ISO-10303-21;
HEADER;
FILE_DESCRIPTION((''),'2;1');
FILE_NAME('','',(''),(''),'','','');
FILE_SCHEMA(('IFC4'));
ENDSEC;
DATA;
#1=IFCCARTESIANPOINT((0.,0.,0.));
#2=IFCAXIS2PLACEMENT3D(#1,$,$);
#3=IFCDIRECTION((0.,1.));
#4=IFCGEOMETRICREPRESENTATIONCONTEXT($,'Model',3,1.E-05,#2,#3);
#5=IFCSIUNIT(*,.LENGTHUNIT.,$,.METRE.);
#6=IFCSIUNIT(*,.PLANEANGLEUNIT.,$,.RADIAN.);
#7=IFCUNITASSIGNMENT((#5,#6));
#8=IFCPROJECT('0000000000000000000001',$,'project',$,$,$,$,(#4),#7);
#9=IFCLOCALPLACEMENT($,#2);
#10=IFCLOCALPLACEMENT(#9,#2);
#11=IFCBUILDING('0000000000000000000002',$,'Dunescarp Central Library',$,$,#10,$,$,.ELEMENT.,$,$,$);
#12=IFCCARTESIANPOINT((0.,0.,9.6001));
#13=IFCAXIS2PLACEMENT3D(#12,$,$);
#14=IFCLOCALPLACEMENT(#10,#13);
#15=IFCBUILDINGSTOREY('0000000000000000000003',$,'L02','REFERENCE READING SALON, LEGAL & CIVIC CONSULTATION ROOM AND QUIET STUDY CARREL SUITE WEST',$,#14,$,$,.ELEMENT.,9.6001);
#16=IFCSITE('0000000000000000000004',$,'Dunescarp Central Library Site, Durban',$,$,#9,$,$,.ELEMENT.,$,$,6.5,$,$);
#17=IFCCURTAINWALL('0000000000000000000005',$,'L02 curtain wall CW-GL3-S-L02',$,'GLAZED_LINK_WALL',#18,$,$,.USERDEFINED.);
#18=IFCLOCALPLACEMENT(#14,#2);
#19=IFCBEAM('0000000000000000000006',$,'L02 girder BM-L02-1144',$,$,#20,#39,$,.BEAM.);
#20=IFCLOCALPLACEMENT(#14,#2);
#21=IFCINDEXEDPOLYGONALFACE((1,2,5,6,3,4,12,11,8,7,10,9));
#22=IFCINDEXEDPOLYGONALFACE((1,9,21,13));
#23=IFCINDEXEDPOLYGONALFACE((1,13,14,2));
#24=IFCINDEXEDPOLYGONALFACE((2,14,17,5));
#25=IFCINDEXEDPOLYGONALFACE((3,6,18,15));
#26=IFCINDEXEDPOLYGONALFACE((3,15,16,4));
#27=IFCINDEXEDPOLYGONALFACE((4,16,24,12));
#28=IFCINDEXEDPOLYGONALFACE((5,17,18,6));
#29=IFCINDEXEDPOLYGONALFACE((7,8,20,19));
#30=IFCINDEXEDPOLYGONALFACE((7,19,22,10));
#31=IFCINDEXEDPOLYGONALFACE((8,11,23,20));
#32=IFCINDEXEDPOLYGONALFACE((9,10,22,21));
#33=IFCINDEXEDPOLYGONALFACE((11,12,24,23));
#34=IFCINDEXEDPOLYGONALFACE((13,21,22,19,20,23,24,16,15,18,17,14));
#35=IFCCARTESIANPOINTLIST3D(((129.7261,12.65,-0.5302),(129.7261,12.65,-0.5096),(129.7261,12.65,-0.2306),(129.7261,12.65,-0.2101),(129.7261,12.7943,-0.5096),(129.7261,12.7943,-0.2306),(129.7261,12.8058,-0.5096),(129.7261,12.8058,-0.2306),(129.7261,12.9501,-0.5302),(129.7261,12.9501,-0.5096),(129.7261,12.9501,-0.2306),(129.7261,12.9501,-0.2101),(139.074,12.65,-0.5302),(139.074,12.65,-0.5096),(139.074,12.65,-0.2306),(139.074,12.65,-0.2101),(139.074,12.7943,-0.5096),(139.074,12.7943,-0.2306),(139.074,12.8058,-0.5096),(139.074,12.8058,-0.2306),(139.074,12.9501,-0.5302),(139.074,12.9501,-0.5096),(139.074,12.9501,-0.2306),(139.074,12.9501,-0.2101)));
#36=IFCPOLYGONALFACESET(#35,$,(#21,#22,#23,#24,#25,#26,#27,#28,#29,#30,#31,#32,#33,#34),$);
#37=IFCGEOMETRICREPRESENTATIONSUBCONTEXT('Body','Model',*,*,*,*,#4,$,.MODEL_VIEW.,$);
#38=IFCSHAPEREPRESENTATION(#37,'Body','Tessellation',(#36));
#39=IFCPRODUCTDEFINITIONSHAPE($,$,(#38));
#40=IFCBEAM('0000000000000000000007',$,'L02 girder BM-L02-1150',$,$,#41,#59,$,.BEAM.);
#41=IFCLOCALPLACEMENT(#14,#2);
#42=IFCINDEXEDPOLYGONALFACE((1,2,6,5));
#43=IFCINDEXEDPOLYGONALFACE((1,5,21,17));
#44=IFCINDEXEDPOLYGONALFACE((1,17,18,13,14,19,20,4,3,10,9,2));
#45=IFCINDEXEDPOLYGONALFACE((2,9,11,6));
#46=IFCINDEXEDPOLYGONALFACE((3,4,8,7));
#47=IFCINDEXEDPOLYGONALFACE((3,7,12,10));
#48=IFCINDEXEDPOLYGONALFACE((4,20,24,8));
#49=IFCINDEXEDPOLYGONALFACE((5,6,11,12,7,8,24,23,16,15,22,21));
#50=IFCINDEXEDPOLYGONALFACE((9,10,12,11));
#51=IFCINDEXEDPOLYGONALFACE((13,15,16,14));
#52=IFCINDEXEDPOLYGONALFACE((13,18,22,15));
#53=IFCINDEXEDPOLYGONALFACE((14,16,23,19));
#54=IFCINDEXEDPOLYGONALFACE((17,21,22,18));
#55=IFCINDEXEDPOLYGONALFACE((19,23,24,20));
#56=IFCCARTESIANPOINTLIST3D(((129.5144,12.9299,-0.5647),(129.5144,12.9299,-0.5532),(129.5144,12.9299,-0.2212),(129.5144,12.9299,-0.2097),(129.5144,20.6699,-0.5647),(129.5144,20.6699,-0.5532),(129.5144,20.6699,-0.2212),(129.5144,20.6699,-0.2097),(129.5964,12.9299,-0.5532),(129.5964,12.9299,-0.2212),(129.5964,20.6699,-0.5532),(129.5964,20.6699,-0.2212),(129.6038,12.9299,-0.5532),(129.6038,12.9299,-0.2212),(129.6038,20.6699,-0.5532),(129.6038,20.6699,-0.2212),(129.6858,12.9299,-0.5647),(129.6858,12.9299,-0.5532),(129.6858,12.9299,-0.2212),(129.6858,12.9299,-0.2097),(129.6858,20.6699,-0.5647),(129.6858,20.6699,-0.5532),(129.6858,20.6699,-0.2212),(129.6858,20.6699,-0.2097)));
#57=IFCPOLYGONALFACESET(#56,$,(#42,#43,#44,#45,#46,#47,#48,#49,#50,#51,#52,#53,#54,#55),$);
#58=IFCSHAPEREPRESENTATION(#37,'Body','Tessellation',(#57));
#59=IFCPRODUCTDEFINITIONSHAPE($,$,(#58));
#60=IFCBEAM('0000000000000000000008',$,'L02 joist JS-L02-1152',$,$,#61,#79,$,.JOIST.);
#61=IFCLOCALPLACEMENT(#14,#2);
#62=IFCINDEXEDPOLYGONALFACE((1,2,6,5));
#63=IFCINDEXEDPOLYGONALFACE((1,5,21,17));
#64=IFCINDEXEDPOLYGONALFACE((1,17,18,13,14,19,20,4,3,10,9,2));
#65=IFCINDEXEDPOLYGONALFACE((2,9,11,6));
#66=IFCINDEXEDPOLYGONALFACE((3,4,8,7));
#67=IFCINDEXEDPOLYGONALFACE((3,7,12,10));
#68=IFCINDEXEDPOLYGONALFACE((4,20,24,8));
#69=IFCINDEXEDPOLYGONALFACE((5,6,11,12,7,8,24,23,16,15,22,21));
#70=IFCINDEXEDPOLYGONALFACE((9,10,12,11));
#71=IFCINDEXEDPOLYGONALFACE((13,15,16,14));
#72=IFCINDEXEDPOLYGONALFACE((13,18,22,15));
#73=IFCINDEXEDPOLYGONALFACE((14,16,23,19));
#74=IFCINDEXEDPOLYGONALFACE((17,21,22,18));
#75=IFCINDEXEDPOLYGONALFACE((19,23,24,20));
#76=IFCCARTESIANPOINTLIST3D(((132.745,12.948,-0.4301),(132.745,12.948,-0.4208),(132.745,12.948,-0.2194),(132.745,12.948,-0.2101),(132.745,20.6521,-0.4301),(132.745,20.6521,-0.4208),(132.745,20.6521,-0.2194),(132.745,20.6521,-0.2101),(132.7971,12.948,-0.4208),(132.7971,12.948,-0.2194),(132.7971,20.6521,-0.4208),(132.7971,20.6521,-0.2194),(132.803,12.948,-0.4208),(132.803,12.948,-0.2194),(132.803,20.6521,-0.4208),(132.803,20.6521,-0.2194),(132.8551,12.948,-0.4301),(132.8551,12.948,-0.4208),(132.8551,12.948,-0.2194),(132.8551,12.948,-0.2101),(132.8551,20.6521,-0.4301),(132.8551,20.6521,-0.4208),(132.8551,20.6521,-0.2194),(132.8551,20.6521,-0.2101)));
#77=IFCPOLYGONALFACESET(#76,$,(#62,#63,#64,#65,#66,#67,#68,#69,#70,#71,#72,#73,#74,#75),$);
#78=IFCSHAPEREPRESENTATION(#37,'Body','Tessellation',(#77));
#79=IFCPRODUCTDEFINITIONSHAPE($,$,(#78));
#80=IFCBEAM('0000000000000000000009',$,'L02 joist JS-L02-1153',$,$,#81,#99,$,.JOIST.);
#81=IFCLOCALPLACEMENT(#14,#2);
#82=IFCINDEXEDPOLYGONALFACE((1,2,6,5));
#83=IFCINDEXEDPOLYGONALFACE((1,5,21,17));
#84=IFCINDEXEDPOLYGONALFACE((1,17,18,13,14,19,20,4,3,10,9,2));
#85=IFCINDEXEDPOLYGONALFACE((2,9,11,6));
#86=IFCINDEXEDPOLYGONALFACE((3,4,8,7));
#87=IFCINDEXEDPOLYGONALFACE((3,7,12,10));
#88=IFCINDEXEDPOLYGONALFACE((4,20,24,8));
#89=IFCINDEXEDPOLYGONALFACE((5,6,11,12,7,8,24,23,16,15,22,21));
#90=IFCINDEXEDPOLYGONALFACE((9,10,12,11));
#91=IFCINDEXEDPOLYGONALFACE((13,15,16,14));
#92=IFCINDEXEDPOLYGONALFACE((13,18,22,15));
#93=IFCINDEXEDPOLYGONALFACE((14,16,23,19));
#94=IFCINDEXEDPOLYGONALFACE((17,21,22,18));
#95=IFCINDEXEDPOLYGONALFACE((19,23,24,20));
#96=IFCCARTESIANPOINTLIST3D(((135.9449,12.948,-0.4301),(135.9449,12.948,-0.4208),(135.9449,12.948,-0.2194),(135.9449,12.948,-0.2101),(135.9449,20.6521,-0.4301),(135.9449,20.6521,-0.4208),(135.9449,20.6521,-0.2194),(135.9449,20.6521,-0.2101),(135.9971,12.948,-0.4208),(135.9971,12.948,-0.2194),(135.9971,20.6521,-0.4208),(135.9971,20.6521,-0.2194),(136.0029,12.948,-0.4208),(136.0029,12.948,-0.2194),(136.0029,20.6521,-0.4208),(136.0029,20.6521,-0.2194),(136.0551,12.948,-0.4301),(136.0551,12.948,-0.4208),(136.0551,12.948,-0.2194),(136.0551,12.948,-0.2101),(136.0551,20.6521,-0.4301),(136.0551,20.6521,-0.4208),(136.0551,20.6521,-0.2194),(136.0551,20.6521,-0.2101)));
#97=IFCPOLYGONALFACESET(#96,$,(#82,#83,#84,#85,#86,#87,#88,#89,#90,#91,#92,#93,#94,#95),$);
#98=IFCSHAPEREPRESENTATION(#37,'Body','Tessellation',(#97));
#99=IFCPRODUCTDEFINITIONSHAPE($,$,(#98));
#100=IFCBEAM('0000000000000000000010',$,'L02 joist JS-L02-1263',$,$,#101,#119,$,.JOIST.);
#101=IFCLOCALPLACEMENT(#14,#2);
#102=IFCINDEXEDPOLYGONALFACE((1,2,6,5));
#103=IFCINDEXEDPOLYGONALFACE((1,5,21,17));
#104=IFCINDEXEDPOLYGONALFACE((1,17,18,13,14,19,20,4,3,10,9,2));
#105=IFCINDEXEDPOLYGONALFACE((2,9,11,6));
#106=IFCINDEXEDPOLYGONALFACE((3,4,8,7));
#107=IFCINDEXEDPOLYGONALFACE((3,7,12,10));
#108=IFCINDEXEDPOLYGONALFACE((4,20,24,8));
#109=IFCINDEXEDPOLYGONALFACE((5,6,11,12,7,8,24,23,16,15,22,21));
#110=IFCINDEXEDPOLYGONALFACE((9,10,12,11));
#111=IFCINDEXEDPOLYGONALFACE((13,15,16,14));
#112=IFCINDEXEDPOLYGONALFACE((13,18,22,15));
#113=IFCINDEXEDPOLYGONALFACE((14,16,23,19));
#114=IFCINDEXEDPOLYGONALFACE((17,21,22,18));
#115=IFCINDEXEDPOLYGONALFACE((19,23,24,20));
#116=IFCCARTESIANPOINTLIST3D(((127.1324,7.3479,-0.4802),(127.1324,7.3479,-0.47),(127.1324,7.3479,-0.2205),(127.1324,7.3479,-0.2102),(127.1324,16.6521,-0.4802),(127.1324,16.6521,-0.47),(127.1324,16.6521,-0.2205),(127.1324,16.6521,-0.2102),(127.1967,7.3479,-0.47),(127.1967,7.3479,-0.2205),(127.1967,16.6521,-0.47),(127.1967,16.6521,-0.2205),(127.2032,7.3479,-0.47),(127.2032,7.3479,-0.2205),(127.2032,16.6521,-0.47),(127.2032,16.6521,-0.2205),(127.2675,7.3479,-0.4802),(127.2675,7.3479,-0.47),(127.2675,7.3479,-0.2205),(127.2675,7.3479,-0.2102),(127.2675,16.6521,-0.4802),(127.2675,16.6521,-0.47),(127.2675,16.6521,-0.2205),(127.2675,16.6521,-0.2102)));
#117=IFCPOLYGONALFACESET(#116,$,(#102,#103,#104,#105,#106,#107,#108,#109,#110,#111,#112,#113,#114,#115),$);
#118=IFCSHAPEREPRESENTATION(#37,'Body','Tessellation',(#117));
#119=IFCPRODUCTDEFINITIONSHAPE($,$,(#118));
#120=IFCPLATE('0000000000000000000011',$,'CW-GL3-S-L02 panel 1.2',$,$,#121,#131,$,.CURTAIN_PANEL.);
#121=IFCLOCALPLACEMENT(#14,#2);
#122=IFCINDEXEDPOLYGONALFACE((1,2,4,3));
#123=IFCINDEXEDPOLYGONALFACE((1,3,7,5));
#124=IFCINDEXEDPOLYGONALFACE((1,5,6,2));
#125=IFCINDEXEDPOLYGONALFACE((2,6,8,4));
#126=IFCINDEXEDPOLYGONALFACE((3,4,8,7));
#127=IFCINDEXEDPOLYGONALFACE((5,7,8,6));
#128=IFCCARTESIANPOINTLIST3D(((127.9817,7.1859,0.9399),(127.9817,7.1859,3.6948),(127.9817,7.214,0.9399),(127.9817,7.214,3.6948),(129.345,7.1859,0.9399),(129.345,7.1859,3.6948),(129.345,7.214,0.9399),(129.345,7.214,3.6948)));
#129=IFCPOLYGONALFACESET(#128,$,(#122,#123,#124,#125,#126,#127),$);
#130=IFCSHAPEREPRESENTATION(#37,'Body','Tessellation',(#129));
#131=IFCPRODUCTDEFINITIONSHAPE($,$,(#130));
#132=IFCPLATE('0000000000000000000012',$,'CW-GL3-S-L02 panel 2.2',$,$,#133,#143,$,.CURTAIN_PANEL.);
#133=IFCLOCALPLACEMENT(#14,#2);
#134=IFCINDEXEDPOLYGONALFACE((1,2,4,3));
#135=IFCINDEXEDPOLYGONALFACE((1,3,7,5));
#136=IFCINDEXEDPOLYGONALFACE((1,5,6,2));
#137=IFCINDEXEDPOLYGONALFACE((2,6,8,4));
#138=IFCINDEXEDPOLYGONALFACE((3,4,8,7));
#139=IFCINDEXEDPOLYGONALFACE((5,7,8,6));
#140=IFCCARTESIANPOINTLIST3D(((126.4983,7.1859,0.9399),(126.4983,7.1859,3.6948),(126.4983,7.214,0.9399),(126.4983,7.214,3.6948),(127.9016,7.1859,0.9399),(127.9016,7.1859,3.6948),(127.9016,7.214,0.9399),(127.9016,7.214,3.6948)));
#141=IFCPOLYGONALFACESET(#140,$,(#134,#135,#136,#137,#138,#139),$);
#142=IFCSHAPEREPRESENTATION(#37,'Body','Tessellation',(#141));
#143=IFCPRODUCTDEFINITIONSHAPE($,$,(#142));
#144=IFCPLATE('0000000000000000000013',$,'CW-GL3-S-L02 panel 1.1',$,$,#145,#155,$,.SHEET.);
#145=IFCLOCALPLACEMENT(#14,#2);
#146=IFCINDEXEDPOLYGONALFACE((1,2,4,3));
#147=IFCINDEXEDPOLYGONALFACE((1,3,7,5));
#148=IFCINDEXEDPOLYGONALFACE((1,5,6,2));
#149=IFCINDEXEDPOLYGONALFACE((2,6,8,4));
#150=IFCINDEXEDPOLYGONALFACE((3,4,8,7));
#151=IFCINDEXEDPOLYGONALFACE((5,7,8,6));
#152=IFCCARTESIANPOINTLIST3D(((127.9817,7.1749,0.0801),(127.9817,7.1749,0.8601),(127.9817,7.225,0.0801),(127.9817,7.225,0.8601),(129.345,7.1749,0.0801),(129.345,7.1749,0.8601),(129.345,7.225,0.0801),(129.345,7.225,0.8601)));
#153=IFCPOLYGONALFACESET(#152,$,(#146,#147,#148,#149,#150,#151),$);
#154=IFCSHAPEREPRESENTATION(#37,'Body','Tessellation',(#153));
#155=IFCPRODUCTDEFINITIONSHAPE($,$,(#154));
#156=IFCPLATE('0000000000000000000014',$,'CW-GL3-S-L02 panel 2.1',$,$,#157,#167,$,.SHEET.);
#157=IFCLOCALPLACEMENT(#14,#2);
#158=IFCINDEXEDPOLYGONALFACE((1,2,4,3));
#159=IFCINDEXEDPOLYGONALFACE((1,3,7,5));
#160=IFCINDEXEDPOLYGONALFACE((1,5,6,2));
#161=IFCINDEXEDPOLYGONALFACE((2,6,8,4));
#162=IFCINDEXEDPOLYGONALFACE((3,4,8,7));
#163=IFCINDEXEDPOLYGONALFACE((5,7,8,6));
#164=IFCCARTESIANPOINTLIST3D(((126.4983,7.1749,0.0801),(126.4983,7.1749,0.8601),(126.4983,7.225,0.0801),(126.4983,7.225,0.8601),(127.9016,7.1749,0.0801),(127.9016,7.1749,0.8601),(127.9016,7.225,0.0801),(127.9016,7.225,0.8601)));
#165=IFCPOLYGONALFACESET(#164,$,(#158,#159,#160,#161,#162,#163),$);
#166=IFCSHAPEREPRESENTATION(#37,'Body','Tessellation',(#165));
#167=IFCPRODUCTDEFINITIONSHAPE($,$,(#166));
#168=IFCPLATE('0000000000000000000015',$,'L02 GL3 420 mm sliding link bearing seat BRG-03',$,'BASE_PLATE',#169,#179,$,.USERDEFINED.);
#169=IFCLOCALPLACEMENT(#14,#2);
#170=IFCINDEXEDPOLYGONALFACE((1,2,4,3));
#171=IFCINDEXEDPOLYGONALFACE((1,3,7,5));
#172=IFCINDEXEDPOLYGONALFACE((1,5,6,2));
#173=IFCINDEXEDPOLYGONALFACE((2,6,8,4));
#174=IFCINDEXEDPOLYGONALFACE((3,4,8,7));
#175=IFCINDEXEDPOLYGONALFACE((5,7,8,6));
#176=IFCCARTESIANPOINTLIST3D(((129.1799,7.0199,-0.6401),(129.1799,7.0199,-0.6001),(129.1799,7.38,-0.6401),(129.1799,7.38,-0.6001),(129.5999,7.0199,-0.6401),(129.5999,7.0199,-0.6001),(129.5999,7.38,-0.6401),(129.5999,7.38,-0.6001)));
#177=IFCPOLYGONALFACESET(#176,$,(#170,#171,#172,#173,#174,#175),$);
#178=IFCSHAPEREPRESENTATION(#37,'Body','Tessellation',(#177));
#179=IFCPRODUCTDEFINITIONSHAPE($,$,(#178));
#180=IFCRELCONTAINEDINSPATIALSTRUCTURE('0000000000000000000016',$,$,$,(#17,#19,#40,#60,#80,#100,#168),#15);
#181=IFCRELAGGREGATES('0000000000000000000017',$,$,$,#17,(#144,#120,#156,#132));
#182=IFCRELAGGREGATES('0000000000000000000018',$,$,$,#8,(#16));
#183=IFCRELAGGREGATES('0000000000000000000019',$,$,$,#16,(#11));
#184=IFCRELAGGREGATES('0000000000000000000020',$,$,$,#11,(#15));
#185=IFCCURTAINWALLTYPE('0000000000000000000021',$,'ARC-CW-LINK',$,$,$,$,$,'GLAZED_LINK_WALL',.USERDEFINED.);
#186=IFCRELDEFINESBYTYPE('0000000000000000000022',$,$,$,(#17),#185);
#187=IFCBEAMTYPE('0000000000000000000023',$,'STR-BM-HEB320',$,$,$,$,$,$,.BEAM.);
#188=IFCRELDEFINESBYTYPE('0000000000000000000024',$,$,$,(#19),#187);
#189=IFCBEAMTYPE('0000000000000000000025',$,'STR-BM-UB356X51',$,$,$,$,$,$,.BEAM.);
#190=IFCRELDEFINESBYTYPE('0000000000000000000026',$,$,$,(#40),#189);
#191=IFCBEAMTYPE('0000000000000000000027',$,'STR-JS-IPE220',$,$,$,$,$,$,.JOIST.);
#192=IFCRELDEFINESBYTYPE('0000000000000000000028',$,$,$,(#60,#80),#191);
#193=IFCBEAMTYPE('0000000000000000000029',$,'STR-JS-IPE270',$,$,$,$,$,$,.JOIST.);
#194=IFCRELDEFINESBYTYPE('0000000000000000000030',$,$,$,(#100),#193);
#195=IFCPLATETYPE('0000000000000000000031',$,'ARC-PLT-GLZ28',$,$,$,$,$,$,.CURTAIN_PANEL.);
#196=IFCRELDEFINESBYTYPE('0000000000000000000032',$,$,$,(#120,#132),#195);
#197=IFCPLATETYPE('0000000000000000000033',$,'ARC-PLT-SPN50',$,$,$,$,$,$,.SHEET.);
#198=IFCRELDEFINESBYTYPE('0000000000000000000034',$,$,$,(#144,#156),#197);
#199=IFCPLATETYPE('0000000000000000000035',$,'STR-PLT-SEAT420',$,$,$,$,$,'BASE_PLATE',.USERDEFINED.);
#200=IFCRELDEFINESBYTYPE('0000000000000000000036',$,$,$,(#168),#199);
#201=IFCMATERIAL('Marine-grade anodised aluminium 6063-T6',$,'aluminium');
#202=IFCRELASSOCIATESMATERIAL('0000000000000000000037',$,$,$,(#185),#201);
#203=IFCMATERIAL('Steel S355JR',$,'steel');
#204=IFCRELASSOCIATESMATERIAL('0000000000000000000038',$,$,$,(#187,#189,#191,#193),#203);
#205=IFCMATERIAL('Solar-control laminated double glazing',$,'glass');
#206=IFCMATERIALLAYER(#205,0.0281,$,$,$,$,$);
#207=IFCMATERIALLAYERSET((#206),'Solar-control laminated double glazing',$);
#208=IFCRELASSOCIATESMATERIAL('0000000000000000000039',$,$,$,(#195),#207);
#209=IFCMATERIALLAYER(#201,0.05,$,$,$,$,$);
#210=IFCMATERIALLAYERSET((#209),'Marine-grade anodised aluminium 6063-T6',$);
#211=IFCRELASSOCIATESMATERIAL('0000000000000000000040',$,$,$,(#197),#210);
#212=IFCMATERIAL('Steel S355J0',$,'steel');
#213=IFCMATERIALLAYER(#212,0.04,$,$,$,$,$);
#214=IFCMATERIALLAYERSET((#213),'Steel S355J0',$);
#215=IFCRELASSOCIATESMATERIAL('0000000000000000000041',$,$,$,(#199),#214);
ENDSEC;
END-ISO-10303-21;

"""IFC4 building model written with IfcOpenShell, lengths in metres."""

from ifc_helpers import new_model, si_unit, direction, frame, origin, origin_2d, place, context, subcontext, project, spatial, rectangle, i_section, extrude, material, layer, layer_set, material_profile, profile_set, type_object, element, aggregate, save


model = new_model("IFC4")

# Units and contexts
model_context = context("Model", 3, precision=1e-05, world=origin(), true_north=direction((0.0, 1.0)))
body_context = subcontext(model_context, "Body", "Model", "MODEL_VIEW")
ifc_project = project(units=[si_unit("LENGTHUNIT", "METRE"), si_unit("PLANEANGLEUNIT", "RADIAN")], contexts=[model_context])

# Site, building, storey
site_placement = place(None, origin())
site = spatial("IfcSite", under=ifc_project, at=site_placement, Name="Dunescarp Central Library Site, Durban", CompositionType="ELEMENT", RefElevation=6.5)
building_placement = place(site_placement, origin())
building = spatial("IfcBuilding", under=site, at=building_placement, Name="Dunescarp Central Library", CompositionType="ELEMENT")
storey_placement = place(building_placement, frame((0.0, 0.0, 9.6001)))
storey = spatial("IfcBuildingStorey", under=building, at=storey_placement, Name="L02", Description="REFERENCE READING SALON, LEGAL & CIVIC CONSULTATION ROOM AND QUIET STUDY CARREL SUITE WEST", CompositionType="ELEMENT", Elevation=9.6001)

# Shared definitions
ifc_material_1 = material(Name="Steel S355JR", Category="steel")

# Curtain wall
ifc_material_2 = material(Name="Marine-grade anodised aluminium 6063-T6", Category="aluminium")
curtain_wall_type = type_object("IfcCurtainWallType", Name="ARC-CW-LINK", ElementType="GLAZED_LINK_WALL", PredefinedType="USERDEFINED", material=ifc_material_2)
curtain_wall_placement = place(storey_placement, origin())
curtain_wall = element("IfcCurtainWall", 1, at=curtain_wall_placement, inside=storey, type_object=curtain_wall_type, Name="L02 curtain wall CW-GL3-S-L02", ObjectType="GLAZED_LINK_WALL", PredefinedType="USERDEFINED")

# Beams
ifc_material_profile_1 = material_profile(ifc_material_1, i_section(OverallWidth=0.3, OverallDepth=0.3201, WebThickness=0.0115, FlangeThickness=0.0205, at=origin_2d()), Name="HEB 320")
ifc_profile_set_1 = profile_set([ifc_material_profile_1], Name="Steel S355JR")
beam_type_1 = type_object("IfcBeamType", Name="STR-BM-HEB320", PredefinedType="BEAM", material=ifc_profile_set_1)
beam_1_placement = place(storey_placement, frame((129.7261, 12.8, -0.3701), z_axis=(1.0, 0.0, 0.0), x_axis=(0.0, 1.0, 0.0)))
element("IfcBeam", 2, at=beam_1_placement, inside=storey, type_object=beam_type_1, Name="L02 girder BM-L02-1144", PredefinedType="BEAM", context=body_context, shape_type="SweptSolid", body=[
    extrude(i_section(OverallWidth=0.3, OverallDepth=0.3201, WebThickness=0.0115, FlangeThickness=0.0205, at=origin_2d()), origin(), (0.0, 0.0, 1.0), 9.3479),
])
ifc_material_profile_2 = material_profile(ifc_material_1, i_section(OverallWidth=0.1714, OverallDepth=0.355, WebThickness=0.0073, FlangeThickness=0.0115, at=origin_2d()), Name="UB 356x171x51")
ifc_profile_set_2 = profile_set([ifc_material_profile_2], Name="Steel S355JR")
beam_type_2 = type_object("IfcBeamType", Name="STR-BM-UB356X51", PredefinedType="BEAM", material=ifc_profile_set_2)
beam_2_placement = place(storey_placement, frame((129.6001, 12.9299, -0.3872), z_axis=(0.0, 1.0, 0.0), x_axis=(-1.0, 0.0, 0.0)))
element("IfcBeam", 3, at=beam_2_placement, inside=storey, type_object=beam_type_2, Name="L02 girder BM-L02-1150", PredefinedType="BEAM", context=body_context, shape_type="SweptSolid", body=[
    extrude(i_section(OverallWidth=0.1714, OverallDepth=0.355, WebThickness=0.0073, FlangeThickness=0.0115, at=origin_2d()), origin(), (0.0, 0.0, 1.0), 7.74),
])
ifc_material_profile_3 = material_profile(ifc_material_1, i_section(OverallWidth=0.1101, OverallDepth=0.22, WebThickness=0.0059, FlangeThickness=0.0093, at=origin_2d()), Name="IPE 220")
ifc_profile_set_3 = profile_set([ifc_material_profile_3], Name="Steel S355JR")
beam_type_3 = type_object("IfcBeamType", Name="STR-JS-IPE220", PredefinedType="JOIST", material=ifc_profile_set_3)
for number, where, z_axis, x_axis, name in (
    (4, (132.8, 12.948, -0.3201), (0.0, 1.0, 0.0), (-1.0, 0.0, 0.0), "L02 joist JS-L02-1152"),
    (5, (136.0, 12.948, -0.3201), (0.0, 1.0, 0.0), (-1.0, 0.0, 0.0), "L02 joist JS-L02-1153"),
):
    element("IfcBeam", number, at=place(storey_placement, frame(where, z_axis=z_axis, x_axis=x_axis)), inside=storey, type_object=beam_type_3, Name=name, PredefinedType="JOIST", context=body_context, shape_type="SweptSolid", body=[
        extrude(i_section(OverallWidth=0.1101, OverallDepth=0.22, WebThickness=0.0059, FlangeThickness=0.0093, at=origin_2d()), origin(), (0.0, 0.0, 1.0), 7.7041),
    ])
ifc_material_profile_4 = material_profile(ifc_material_1, i_section(OverallWidth=0.135, OverallDepth=0.27, WebThickness=0.0066, FlangeThickness=0.0103, at=origin_2d()), Name="IPE 270")
ifc_profile_set_4 = profile_set([ifc_material_profile_4], Name="Steel S355JR")
beam_type_4 = type_object("IfcBeamType", Name="STR-JS-IPE270", PredefinedType="JOIST", material=ifc_profile_set_4)
beam_3_placement = place(storey_placement, frame((127.2, 7.3479, -0.3452), z_axis=(0.0, 1.0, 0.0), x_axis=(-1.0, 0.0, 0.0)))
element("IfcBeam", 6, at=beam_3_placement, inside=storey, type_object=beam_type_4, Name="L02 joist JS-L02-1263", PredefinedType="JOIST", context=body_context, shape_type="SweptSolid", body=[
    extrude(i_section(OverallWidth=0.135, OverallDepth=0.27, WebThickness=0.0066, FlangeThickness=0.0103, at=origin_2d()), origin(), (0.0, 0.0, 1.0), 9.3042),
])

# Plates
ifc_material_3 = material(Name="Solar-control laminated double glazing", Category="glass")
ifc_layer_1 = layer(ifc_material_3, 0.0281)
ifc_layer_set_1 = layer_set([ifc_layer_1], Name="Solar-control laminated double glazing")
plate_type_1 = type_object("IfcPlateType", Name="ARC-PLT-GLZ28", PredefinedType="CURTAIN_PANEL", material=ifc_layer_set_1)
plate_1_placement = place(storey_placement, frame((128.6633, 7.2, 0.9399), z_axis=(0.0, 0.0, 1.0), x_axis=(-1.0, 0.0, 0.0)))
plate_1 = element("IfcPlate", 7, at=plate_1_placement, type_object=plate_type_1, Name="CW-GL3-S-L02 panel 1.2", PredefinedType="CURTAIN_PANEL", context=body_context, shape_type="SweptSolid", body=[
    extrude(rectangle(XDim=1.3633, YDim=0.0281, at=origin_2d()), origin(), (0.0, 0.0, 1.0), 2.7549),
])
plate_2_placement = place(storey_placement, frame((127.2, 7.2, 0.9399), z_axis=(0.0, 0.0, 1.0), x_axis=(-1.0, 0.0, 0.0)))
plate_2 = element("IfcPlate", 8, at=plate_2_placement, type_object=plate_type_1, Name="CW-GL3-S-L02 panel 2.2", PredefinedType="CURTAIN_PANEL", context=body_context, shape_type="SweptSolid", body=[
    extrude(rectangle(XDim=1.4033, YDim=0.0281, at=origin_2d()), origin(), (0.0, 0.0, 1.0), 2.7549),
])
ifc_layer_2 = layer(ifc_material_2, 0.05)
ifc_layer_set_2 = layer_set([ifc_layer_2], Name="Marine-grade anodised aluminium 6063-T6")
plate_type_2 = type_object("IfcPlateType", Name="ARC-PLT-SPN50", PredefinedType="SHEET", material=ifc_layer_set_2)
plate_3_placement = place(storey_placement, frame((128.6633, 7.2, 0.0801), z_axis=(0.0, 0.0, 1.0), x_axis=(-1.0, 0.0, 0.0)))
plate_3 = element("IfcPlate", 9, at=plate_3_placement, type_object=plate_type_2, Name="CW-GL3-S-L02 panel 1.1", PredefinedType="SHEET", context=body_context, shape_type="SweptSolid", body=[
    extrude(rectangle(XDim=1.3633, YDim=0.05, at=origin_2d()), origin(), (0.0, 0.0, 1.0), 0.78),
])
plate_4_placement = place(storey_placement, frame((127.2, 7.2, 0.0801), z_axis=(0.0, 0.0, 1.0), x_axis=(-1.0, 0.0, 0.0)))
plate_4 = element("IfcPlate", 10, at=plate_4_placement, type_object=plate_type_2, Name="CW-GL3-S-L02 panel 2.1", PredefinedType="SHEET", context=body_context, shape_type="SweptSolid", body=[
    extrude(rectangle(XDim=1.4033, YDim=0.05, at=origin_2d()), origin(), (0.0, 0.0, 1.0), 0.78),
])
aggregate(curtain_wall, [plate_3, plate_1, plate_4, plate_2])

# Plate
ifc_material_4 = material(Name="Steel S355J0", Category="steel")
ifc_layer_3 = layer(ifc_material_4, 0.04)
ifc_layer_set_3 = layer_set([ifc_layer_3], Name="Steel S355J0")
plate_type_3 = type_object("IfcPlateType", Name="STR-PLT-SEAT420", ElementType="BASE_PLATE", PredefinedType="USERDEFINED", material=ifc_layer_set_3)
for number, where, z_axis, x_axis, name in (
    (11, (129.3899, 7.2, -0.6401), (0.0, 0.0, 1.0), (1.0, 0.0, 0.0), "L02 GL3 420 mm sliding link bearing seat BRG-03"),
):
    element("IfcPlate", number, at=place(storey_placement, frame(where, z_axis=z_axis, x_axis=x_axis)), inside=storey, type_object=plate_type_3, Name=name, ObjectType="BASE_PLATE", PredefinedType="USERDEFINED", context=body_context, shape_type="SweptSolid", body=[
        extrude(rectangle(XDim=0.4199, YDim=0.3601, at=origin_2d()), origin(), (0.0, 0.0, 1.0), 0.04),
    ])

save(model, "model.ifc")
